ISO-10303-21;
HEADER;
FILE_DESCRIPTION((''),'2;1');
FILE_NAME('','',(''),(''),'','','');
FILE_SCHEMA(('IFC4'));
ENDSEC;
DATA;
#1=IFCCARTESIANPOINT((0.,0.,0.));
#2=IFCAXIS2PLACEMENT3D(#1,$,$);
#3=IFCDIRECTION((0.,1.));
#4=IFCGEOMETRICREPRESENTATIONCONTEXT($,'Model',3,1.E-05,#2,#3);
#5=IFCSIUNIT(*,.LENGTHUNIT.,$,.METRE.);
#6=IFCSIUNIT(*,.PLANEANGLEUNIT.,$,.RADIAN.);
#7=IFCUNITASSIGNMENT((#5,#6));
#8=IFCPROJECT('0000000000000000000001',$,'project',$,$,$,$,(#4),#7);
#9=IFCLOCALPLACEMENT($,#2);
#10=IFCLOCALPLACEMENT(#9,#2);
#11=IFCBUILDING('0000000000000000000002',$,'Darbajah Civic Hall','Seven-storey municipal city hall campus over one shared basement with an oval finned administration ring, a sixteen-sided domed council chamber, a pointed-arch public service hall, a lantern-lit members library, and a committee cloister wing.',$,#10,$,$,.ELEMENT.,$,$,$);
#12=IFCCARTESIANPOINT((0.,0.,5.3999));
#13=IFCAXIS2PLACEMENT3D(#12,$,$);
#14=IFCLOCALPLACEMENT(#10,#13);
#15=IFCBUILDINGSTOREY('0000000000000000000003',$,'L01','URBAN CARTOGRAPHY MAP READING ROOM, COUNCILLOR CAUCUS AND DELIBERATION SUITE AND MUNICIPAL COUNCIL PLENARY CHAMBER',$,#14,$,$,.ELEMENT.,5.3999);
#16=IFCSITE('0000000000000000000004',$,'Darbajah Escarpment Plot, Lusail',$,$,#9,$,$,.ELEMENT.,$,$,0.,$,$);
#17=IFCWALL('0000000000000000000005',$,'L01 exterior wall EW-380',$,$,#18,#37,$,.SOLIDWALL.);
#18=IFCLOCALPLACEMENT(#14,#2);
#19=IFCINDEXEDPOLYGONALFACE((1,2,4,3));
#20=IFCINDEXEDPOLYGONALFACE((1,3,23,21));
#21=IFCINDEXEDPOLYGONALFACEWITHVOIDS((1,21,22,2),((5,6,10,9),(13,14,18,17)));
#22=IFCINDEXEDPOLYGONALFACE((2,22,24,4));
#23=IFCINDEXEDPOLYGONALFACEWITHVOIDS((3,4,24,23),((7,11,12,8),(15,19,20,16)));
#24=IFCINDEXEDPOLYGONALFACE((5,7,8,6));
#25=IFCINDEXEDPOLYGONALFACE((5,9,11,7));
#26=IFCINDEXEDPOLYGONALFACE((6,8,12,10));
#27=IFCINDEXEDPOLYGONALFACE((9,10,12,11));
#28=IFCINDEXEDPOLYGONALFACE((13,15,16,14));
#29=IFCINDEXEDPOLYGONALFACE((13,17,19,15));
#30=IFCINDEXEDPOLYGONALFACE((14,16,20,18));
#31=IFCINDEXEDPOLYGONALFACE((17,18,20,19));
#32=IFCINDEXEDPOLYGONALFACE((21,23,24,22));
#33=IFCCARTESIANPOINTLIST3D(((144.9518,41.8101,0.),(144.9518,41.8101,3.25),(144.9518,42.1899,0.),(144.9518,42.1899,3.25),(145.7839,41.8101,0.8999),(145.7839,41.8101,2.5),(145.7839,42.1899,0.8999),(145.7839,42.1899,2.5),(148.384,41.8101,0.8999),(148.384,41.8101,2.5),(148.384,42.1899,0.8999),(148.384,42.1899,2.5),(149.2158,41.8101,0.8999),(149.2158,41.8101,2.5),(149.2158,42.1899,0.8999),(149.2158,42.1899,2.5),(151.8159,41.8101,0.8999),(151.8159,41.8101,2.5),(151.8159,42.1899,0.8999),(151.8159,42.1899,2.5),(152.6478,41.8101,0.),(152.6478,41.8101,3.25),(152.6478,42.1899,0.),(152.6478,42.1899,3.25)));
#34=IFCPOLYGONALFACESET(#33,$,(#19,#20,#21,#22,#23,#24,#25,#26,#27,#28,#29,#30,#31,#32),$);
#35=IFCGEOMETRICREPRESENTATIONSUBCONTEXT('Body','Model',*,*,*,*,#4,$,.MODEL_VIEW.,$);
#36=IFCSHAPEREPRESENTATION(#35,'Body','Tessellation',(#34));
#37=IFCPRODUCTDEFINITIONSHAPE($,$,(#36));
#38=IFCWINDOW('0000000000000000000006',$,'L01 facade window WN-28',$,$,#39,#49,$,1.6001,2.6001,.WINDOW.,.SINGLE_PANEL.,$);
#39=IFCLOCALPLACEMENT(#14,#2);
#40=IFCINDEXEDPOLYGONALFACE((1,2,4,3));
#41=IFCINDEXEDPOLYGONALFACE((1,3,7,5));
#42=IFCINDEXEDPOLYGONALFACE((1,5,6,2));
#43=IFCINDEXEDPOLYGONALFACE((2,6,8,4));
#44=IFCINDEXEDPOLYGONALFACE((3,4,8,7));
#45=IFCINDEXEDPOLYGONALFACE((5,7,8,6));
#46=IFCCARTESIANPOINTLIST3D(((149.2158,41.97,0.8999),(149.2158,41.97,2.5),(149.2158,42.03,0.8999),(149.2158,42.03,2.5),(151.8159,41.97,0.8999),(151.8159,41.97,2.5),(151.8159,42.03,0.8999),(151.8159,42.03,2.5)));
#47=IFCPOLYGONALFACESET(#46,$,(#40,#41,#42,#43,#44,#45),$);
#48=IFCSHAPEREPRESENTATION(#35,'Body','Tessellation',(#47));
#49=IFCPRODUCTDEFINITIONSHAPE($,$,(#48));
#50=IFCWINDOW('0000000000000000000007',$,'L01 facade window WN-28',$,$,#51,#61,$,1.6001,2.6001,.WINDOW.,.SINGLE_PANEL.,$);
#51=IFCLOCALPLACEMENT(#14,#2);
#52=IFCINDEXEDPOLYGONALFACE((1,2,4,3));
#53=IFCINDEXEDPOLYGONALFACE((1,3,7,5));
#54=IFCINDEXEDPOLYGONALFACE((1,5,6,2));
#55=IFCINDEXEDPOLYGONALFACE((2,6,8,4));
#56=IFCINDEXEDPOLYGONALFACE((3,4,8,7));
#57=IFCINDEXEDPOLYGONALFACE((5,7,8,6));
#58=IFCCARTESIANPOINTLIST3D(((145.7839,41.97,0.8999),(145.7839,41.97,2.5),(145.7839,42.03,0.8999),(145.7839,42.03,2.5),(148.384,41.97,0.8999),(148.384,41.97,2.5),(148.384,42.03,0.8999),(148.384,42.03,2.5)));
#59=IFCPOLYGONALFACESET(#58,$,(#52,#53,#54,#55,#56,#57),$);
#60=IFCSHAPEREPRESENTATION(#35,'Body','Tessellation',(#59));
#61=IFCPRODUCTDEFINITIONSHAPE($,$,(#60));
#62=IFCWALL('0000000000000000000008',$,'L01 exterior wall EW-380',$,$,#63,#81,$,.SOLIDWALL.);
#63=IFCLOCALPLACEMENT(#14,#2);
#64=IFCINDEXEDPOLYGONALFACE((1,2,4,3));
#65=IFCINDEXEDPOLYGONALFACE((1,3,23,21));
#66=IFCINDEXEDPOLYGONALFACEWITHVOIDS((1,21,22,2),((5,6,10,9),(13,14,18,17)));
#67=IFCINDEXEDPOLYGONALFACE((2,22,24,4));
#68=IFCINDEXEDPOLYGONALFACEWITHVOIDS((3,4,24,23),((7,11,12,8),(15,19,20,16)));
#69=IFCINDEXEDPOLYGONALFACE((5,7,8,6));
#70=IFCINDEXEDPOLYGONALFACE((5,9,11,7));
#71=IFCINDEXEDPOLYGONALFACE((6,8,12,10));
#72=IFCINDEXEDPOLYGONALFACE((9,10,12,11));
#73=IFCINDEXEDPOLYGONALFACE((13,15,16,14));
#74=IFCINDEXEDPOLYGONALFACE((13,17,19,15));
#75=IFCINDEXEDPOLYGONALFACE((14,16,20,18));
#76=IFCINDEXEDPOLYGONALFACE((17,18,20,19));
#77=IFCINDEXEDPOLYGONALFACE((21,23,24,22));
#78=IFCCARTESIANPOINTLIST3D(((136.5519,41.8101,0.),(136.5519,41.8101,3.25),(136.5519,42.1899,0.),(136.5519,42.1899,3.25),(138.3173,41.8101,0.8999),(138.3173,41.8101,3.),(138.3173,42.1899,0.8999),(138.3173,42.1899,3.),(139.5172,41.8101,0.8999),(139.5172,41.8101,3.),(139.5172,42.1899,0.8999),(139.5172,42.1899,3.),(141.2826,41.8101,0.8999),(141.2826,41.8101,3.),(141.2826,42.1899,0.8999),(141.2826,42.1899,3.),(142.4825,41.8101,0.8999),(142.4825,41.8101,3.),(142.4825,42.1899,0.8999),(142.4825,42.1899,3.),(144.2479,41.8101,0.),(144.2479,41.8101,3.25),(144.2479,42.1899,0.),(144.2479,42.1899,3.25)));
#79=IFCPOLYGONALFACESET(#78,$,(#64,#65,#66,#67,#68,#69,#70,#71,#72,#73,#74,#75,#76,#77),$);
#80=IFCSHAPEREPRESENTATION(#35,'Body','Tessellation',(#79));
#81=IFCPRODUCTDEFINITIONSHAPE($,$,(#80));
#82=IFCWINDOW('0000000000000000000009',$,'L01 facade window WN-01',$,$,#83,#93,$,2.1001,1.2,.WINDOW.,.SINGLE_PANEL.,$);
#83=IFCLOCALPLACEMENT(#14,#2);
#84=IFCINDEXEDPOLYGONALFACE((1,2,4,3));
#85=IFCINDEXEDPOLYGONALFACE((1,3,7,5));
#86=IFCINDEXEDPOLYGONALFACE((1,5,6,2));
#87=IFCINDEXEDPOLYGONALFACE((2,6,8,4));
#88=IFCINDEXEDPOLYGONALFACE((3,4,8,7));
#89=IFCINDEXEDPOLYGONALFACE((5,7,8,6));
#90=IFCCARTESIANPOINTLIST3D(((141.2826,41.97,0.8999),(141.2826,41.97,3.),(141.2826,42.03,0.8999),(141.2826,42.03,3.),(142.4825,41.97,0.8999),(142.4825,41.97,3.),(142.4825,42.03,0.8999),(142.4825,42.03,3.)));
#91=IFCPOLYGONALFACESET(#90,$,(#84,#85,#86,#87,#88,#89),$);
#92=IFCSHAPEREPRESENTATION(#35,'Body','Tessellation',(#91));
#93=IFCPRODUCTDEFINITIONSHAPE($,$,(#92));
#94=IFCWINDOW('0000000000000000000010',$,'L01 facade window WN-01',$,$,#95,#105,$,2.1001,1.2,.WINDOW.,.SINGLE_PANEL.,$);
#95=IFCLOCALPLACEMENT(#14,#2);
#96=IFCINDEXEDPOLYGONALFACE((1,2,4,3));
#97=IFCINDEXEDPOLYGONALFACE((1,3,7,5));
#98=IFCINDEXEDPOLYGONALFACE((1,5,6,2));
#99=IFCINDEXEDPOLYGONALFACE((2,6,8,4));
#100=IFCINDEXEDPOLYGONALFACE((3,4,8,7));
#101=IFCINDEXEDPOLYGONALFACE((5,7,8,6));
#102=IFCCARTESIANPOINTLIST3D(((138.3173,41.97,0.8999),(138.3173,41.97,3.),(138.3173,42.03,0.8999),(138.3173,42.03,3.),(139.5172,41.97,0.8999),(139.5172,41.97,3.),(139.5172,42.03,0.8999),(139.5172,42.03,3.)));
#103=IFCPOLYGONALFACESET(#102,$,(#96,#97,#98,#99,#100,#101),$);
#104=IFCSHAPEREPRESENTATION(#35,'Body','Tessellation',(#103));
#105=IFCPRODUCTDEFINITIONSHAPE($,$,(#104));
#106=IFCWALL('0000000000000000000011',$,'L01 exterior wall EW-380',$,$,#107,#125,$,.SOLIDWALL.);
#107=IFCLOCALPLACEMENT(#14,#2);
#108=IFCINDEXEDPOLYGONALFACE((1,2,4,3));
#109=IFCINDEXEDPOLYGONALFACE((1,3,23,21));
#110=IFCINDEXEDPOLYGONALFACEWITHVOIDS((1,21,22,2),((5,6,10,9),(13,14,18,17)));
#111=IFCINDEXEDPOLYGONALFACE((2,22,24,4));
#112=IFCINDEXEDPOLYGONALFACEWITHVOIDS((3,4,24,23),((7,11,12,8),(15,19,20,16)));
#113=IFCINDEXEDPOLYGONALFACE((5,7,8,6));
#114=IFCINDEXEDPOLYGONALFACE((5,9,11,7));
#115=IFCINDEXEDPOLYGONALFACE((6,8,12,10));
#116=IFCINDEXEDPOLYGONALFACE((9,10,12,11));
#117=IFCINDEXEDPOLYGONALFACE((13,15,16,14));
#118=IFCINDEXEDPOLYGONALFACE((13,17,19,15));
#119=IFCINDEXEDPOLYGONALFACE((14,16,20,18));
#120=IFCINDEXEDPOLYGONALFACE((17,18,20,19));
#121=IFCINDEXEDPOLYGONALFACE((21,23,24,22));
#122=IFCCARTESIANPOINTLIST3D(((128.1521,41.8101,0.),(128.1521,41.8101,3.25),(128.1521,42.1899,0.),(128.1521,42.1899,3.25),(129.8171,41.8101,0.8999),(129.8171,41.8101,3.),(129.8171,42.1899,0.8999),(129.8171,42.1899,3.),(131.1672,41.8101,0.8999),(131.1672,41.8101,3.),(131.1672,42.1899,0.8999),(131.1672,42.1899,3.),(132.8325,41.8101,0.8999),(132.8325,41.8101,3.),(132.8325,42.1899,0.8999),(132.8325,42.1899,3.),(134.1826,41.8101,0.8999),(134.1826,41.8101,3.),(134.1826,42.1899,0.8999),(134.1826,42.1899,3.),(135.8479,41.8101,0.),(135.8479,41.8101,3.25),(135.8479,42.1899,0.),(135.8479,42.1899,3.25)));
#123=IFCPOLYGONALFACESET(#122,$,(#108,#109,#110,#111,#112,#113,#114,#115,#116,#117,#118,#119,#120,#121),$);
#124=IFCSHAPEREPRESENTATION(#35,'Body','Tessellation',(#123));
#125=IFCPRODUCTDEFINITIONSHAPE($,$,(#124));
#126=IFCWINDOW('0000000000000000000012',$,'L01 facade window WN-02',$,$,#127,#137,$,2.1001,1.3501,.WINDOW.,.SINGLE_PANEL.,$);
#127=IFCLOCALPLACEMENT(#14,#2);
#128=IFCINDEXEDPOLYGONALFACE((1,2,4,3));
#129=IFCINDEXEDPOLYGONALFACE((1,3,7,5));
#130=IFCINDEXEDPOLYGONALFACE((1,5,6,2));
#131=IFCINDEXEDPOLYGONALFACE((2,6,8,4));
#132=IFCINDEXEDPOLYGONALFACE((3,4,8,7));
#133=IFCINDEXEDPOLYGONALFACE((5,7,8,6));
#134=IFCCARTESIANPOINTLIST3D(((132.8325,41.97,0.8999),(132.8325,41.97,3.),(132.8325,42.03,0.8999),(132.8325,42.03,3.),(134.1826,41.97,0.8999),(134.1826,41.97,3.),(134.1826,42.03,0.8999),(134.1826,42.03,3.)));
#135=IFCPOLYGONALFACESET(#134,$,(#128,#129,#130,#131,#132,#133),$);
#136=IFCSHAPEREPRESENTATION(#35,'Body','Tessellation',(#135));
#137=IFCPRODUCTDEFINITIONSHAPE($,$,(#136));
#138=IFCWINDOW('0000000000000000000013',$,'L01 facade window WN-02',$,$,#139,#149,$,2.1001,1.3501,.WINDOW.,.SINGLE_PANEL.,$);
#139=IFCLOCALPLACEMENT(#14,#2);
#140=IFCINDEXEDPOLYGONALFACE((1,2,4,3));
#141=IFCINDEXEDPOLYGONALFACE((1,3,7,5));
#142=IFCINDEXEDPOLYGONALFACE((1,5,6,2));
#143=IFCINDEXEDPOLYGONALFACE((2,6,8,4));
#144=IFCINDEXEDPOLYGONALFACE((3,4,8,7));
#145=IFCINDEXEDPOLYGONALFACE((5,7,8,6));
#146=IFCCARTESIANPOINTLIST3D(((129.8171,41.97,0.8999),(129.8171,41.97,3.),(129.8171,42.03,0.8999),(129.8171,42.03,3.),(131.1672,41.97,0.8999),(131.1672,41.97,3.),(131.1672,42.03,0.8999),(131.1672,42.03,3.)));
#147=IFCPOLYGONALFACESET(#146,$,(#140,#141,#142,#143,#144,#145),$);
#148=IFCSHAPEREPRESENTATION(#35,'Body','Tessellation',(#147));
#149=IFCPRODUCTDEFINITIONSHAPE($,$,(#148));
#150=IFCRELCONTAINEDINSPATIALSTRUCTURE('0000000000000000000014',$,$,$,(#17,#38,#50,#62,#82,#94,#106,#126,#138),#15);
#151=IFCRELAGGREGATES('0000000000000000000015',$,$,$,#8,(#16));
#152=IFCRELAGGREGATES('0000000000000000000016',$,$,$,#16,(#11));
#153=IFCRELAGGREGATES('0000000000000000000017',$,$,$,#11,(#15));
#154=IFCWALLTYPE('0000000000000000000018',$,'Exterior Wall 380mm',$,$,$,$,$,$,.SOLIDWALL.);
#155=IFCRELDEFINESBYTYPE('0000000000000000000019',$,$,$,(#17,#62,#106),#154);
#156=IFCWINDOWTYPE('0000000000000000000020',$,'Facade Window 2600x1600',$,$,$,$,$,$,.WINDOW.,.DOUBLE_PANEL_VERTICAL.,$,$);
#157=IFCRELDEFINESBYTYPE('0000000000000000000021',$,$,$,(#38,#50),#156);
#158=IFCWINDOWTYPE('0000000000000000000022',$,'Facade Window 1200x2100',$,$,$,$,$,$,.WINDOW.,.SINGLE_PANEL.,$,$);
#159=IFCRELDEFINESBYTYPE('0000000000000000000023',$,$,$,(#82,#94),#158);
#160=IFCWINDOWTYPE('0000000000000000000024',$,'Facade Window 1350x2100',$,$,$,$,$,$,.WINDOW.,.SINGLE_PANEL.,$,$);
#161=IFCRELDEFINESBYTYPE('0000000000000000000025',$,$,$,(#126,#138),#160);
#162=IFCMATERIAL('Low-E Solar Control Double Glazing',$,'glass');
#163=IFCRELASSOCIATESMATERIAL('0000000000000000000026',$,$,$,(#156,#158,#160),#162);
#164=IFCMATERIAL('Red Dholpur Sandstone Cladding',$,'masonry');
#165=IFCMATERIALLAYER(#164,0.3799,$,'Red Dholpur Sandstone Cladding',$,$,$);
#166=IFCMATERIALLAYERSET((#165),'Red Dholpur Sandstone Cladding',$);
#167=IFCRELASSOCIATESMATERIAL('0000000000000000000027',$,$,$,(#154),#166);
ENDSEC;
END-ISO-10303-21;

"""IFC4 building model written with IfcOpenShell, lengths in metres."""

from ifc_helpers import new_model, si_unit, direction, frame, frame_2d, origin, place, context, subcontext, project, spatial, rectangle, extrude, material, layer, layer_set, type_object, element, fill, save


model = new_model("IFC4")

# Units and contexts
model_context = context("Model", 3, precision=1e-05, world=origin(), true_north=direction((0.0, 1.0)))
body_context = subcontext(model_context, "Body", "Model", "MODEL_VIEW")
ifc_project = project(units=[si_unit("LENGTHUNIT", "METRE"), si_unit("PLANEANGLEUNIT", "RADIAN")], contexts=[model_context])

# Site, building, storey
site_placement = place(None, origin())
site = spatial("IfcSite", under=ifc_project, at=site_placement, Name="Darbajah Escarpment Plot, Lusail", CompositionType="ELEMENT", RefElevation=0.0)
building_placement = place(site_placement, origin())
building = spatial("IfcBuilding", under=site, at=building_placement, Name="Darbajah Civic Hall", Description="Seven-storey municipal city hall campus over one shared basement with an oval finned administration ring, a sixteen-sided domed council chamber, a pointed-arch public service hall, a lantern-lit members library, and a committee cloister wing.", CompositionType="ELEMENT")
storey_placement = place(building_placement, frame((0.0, 0.0, 5.3999)))
storey = spatial("IfcBuildingStorey", under=building, at=storey_placement, Name="L01", Description="URBAN CARTOGRAPHY MAP READING ROOM, COUNCILLOR CAUCUS AND DELIBERATION SUITE AND MUNICIPAL COUNCIL PLENARY CHAMBER", CompositionType="ELEMENT", Elevation=5.3999)

# Walls, openings, windows
ifc_material_1 = material(Name="Low-E Solar Control Double Glazing", Category="glass")
window_type_1 = type_object("IfcWindowType", Name="Facade Window 2600x1600", PartitioningType="DOUBLE_PANEL_VERTICAL", PredefinedType="WINDOW", material=ifc_material_1)
ifc_material_2 = material(Name="Red Dholpur Sandstone Cladding", Category="masonry")
ifc_layer_1 = layer(ifc_material_2, 0.3799, Name="Red Dholpur Sandstone Cladding")
ifc_layer_set_1 = layer_set([ifc_layer_1], Name="Red Dholpur Sandstone Cladding")
wall_type_1 = type_object("IfcWallType", Name="Exterior Wall 380mm", PredefinedType="SOLIDWALL", material=ifc_layer_set_1)
wall_1_placement = place(storey_placement, frame((152.6479, 42.0, 0.0), z_axis=(0.0, 0.0, 1.0), x_axis=(-1.0, 0.0, 0.0)))
wall_1 = element("IfcWall", 1, at=wall_1_placement, inside=storey, type_object=wall_type_1, Name="L01 exterior wall EW-380", PredefinedType="SOLIDWALL", context=body_context, shape_type="SweptSolid", body=[
    extrude(rectangle(XDim=7.696, YDim=0.3799, at=frame_2d((3.8481, 0.0))), origin(), (0.0, 0.0, 1.0), 3.25),
])
opening_1_placement = place(wall_1_placement, frame((0.832, 0.0, 0.8999)))
opening_1 = element("IfcOpeningElement", 2, at=opening_1_placement, cuts=wall_1, PredefinedType="OPENING", context=body_context, shape_type="SweptSolid", body=[
    extrude(rectangle(XDim=2.6001, YDim=1.6001, at=frame_2d((1.3, 0.8))), frame((0.0, 0.2, 0.0), z_axis=(0.0, -1.0, 0.0), x_axis=(1.0, 0.0, 0.0)), (0.0, 0.0, 1.0), 0.3999),
])
opening_2_placement = place(wall_1_placement, frame((4.2639, 0.0, 0.8999)))
opening_2 = element("IfcOpeningElement", 3, at=opening_2_placement, cuts=wall_1, PredefinedType="OPENING", context=body_context, shape_type="SweptSolid", body=[
    extrude(rectangle(XDim=2.6001, YDim=1.6001, at=frame_2d((1.3, 0.8))), frame((0.0, 0.2, 0.0), z_axis=(0.0, -1.0, 0.0), x_axis=(1.0, 0.0, 0.0)), (0.0, 0.0, 1.0), 0.3999),
])
window_1_placement = place(opening_1_placement, origin())
window_1 = element("IfcWindow", 4, at=window_1_placement, inside=storey, type_object=window_type_1, Name="L01 facade window WN-28", OverallHeight=1.6001, OverallWidth=2.6001, PartitioningType="SINGLE_PANEL", PredefinedType="WINDOW", context=body_context, shape_type="SweptSolid", body=[
    extrude(rectangle(XDim=2.6001, YDim=1.6001, at=frame_2d((1.3, 0.8))), frame((0.0, 0.03, 0.0), z_axis=(0.0, -1.0, 0.0), x_axis=(1.0, 0.0, 0.0)), (0.0, 0.0, 1.0), 0.0601),
])
fill(opening_1, window_1)
window_2_placement = place(opening_2_placement, origin())
window_2 = element("IfcWindow", 5, at=window_2_placement, inside=storey, type_object=window_type_1, Name="L01 facade window WN-28", OverallHeight=1.6001, OverallWidth=2.6001, PartitioningType="SINGLE_PANEL", PredefinedType="WINDOW", context=body_context, shape_type="SweptSolid", body=[
    extrude(rectangle(XDim=2.6001, YDim=1.6001, at=frame_2d((1.3, 0.8))), frame((0.0, 0.03, 0.0), z_axis=(0.0, -1.0, 0.0), x_axis=(1.0, 0.0, 0.0)), (0.0, 0.0, 1.0), 0.0601),
])
fill(opening_2, window_2)
wall_2_placement = place(storey_placement, frame((144.248, 42.0, 0.0), z_axis=(0.0, 0.0, 1.0), x_axis=(-1.0, 0.0, 0.0)))
wall_2 = element("IfcWall", 6, at=wall_2_placement, inside=storey, type_object=wall_type_1, Name="L01 exterior wall EW-380", PredefinedType="SOLIDWALL", context=body_context, shape_type="SweptSolid", body=[
    extrude(rectangle(XDim=7.696, YDim=0.3799, at=frame_2d((3.8481, 0.0))), origin(), (0.0, 0.0, 1.0), 3.25),
])
opening_3_placement = place(wall_2_placement, frame((1.7654, 0.0, 0.8999)))
opening_3 = element("IfcOpeningElement", 7, at=opening_3_placement, cuts=wall_2, PredefinedType="OPENING", context=body_context, shape_type="SweptSolid", body=[
    extrude(rectangle(XDim=1.2, YDim=2.1001, at=frame_2d((0.6001, 1.05))), frame((0.0, 0.2, 0.0), z_axis=(0.0, -1.0, 0.0), x_axis=(1.0, 0.0, 0.0)), (0.0, 0.0, 1.0), 0.3999),
])
opening_4_placement = place(wall_2_placement, frame((4.7307, 0.0, 0.8999)))
opening_4 = element("IfcOpeningElement", 8, at=opening_4_placement, cuts=wall_2, PredefinedType="OPENING", context=body_context, shape_type="SweptSolid", body=[
    extrude(rectangle(XDim=1.2, YDim=2.1001, at=frame_2d((0.6001, 1.05))), frame((0.0, 0.2, 0.0), z_axis=(0.0, -1.0, 0.0), x_axis=(1.0, 0.0, 0.0)), (0.0, 0.0, 1.0), 0.3999),
])
window_type_2 = type_object("IfcWindowType", Name="Facade Window 1200x2100", PartitioningType="SINGLE_PANEL", PredefinedType="WINDOW", material=ifc_material_1)
window_3_placement = place(opening_3_placement, origin())
window_3 = element("IfcWindow", 9, at=window_3_placement, inside=storey, type_object=window_type_2, Name="L01 facade window WN-01", OverallHeight=2.1001, OverallWidth=1.2, PartitioningType="SINGLE_PANEL", PredefinedType="WINDOW", context=body_context, shape_type="SweptSolid", body=[
    extrude(rectangle(XDim=1.2, YDim=2.1001, at=frame_2d((0.6001, 1.05))), frame((0.0, 0.03, 0.0), z_axis=(0.0, -1.0, 0.0), x_axis=(1.0, 0.0, 0.0)), (0.0, 0.0, 1.0), 0.0601),
])
fill(opening_3, window_3)
window_4_placement = place(opening_4_placement, origin())
window_4 = element("IfcWindow", 10, at=window_4_placement, inside=storey, type_object=window_type_2, Name="L01 facade window WN-01", OverallHeight=2.1001, OverallWidth=1.2, PartitioningType="SINGLE_PANEL", PredefinedType="WINDOW", context=body_context, shape_type="SweptSolid", body=[
    extrude(rectangle(XDim=1.2, YDim=2.1001, at=frame_2d((0.6001, 1.05))), frame((0.0, 0.03, 0.0), z_axis=(0.0, -1.0, 0.0), x_axis=(1.0, 0.0, 0.0)), (0.0, 0.0, 1.0), 0.0601),
])
fill(opening_4, window_4)
wall_3_placement = place(storey_placement, frame((135.8479, 42.0, 0.0), z_axis=(0.0, 0.0, 1.0), x_axis=(-1.0, 0.0, 0.0)))
wall_3 = element("IfcWall", 11, at=wall_3_placement, inside=storey, type_object=wall_type_1, Name="L01 exterior wall EW-380", PredefinedType="SOLIDWALL", context=body_context, shape_type="SweptSolid", body=[
    extrude(rectangle(XDim=7.6958, YDim=0.3799, at=frame_2d((3.8479, 0.0))), origin(), (0.0, 0.0, 1.0), 3.25),
])
opening_5_placement = place(wall_3_placement, frame((1.6653, 0.0, 0.8999)))
opening_5 = element("IfcOpeningElement", 12, at=opening_5_placement, cuts=wall_3, PredefinedType="OPENING", context=body_context, shape_type="SweptSolid", body=[
    extrude(rectangle(XDim=1.3501, YDim=2.1001, at=frame_2d((0.675, 1.05))), frame((0.0, 0.2, 0.0), z_axis=(0.0, -1.0, 0.0), x_axis=(1.0, 0.0, 0.0)), (0.0, 0.0, 1.0), 0.3999),
])
opening_6_placement = place(wall_3_placement, frame((4.6807, 0.0, 0.8999)))
opening_6 = element("IfcOpeningElement", 13, at=opening_6_placement, cuts=wall_3, PredefinedType="OPENING", context=body_context, shape_type="SweptSolid", body=[
    extrude(rectangle(XDim=1.3501, YDim=2.1001, at=frame_2d((0.675, 1.05))), frame((0.0, 0.2, 0.0), z_axis=(0.0, -1.0, 0.0), x_axis=(1.0, 0.0, 0.0)), (0.0, 0.0, 1.0), 0.3999),
])
window_type_3 = type_object("IfcWindowType", Name="Facade Window 1350x2100", PartitioningType="SINGLE_PANEL", PredefinedType="WINDOW", material=ifc_material_1)
window_5_placement = place(opening_5_placement, origin())
window_5 = element("IfcWindow", 14, at=window_5_placement, inside=storey, type_object=window_type_3, Name="L01 facade window WN-02", OverallHeight=2.1001, OverallWidth=1.3501, PartitioningType="SINGLE_PANEL", PredefinedType="WINDOW", context=body_context, shape_type="SweptSolid", body=[
    extrude(rectangle(XDim=1.3501, YDim=2.1001, at=frame_2d((0.675, 1.05))), frame((0.0, 0.03, 0.0), z_axis=(0.0, -1.0, 0.0), x_axis=(1.0, 0.0, 0.0)), (0.0, 0.0, 1.0), 0.0601),
])
fill(opening_5, window_5)
window_6_placement = place(opening_6_placement, origin())
window_6 = element("IfcWindow", 15, at=window_6_placement, inside=storey, type_object=window_type_3, Name="L01 facade window WN-02", OverallHeight=2.1001, OverallWidth=1.3501, PartitioningType="SINGLE_PANEL", PredefinedType="WINDOW", context=body_context, shape_type="SweptSolid", body=[
    extrude(rectangle(XDim=1.3501, YDim=2.1001, at=frame_2d((0.675, 1.05))), frame((0.0, 0.03, 0.0), z_axis=(0.0, -1.0, 0.0), x_axis=(1.0, 0.0, 0.0)), (0.0, 0.0, 1.0), 0.0601),
])
fill(opening_6, window_6)

save(model, "model.ifc")
